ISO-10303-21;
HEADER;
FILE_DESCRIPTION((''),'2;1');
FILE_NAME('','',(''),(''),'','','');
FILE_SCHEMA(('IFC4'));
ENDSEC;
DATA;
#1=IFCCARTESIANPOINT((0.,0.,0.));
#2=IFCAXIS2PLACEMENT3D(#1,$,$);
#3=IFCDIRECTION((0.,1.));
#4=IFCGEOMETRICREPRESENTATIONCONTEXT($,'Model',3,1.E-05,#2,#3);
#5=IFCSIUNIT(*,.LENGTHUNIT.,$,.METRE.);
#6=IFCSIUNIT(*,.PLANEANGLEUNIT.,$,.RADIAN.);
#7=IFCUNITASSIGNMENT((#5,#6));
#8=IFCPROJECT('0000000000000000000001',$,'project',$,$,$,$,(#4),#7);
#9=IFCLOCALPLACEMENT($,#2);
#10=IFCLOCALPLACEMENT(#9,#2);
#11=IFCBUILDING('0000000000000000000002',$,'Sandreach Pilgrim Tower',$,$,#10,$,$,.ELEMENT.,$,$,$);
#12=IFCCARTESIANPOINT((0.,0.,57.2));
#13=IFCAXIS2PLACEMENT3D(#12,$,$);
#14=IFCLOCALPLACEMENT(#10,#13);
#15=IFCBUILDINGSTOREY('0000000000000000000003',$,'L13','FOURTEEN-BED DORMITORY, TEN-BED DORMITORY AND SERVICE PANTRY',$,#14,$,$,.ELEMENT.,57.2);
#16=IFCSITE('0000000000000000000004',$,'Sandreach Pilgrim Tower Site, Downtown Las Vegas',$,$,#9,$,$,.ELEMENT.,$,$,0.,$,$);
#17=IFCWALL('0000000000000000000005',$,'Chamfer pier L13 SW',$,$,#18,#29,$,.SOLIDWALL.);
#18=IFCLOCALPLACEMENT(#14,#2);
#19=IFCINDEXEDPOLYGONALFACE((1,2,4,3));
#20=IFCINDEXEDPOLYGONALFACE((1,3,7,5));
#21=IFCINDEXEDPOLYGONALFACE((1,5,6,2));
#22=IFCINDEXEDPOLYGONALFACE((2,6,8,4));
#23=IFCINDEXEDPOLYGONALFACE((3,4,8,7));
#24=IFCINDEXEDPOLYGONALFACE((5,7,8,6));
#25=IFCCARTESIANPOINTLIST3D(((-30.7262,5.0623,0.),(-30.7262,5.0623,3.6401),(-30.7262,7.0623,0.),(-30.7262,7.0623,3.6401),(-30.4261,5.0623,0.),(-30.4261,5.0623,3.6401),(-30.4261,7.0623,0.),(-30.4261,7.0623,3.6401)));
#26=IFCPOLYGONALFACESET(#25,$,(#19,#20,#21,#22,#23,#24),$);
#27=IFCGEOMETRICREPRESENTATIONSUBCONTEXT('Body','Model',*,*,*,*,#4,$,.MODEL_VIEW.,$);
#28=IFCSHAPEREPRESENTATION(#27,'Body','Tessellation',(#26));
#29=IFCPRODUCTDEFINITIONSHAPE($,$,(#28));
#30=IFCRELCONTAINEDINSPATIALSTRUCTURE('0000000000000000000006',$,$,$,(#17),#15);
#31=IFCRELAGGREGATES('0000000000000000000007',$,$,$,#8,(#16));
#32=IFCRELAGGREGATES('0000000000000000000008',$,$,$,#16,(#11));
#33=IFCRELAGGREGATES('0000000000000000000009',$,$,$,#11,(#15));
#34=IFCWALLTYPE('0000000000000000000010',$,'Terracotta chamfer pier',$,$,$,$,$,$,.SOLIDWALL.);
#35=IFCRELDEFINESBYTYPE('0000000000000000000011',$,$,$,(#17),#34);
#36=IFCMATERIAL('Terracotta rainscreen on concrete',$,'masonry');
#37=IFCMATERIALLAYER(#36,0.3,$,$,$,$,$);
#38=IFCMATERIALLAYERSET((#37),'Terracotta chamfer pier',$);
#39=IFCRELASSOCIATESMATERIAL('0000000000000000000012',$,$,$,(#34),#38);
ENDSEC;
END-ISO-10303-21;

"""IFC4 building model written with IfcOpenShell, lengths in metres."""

from ifc_helpers import new_model, si_unit, direction, frame, frame_2d, origin, place, context, subcontext, project, spatial, rectangle, extrude, material, layer, layer_set, type_object, element, save


model = new_model("IFC4")

# Units and contexts
model_context = context("Model", 3, precision=1e-05, world=origin(), true_north=direction((0.0, 1.0)))
body_context = subcontext(model_context, "Body", "Model", "MODEL_VIEW")
ifc_project = project(units=[si_unit("LENGTHUNIT", "METRE"), si_unit("PLANEANGLEUNIT", "RADIAN")], contexts=[model_context])

# Site, building, storey
site_placement = place(None, origin())
site = spatial("IfcSite", under=ifc_project, at=site_placement, Name="Sandreach Pilgrim Tower Site, Downtown Las Vegas", CompositionType="ELEMENT", RefElevation=0.0)
building_placement = place(site_placement, origin())
building = spatial("IfcBuilding", under=site, at=building_placement, Name="Sandreach Pilgrim Tower", CompositionType="ELEMENT")
storey_placement = place(building_placement, frame((0.0, 0.0, 57.2)))
storey = spatial("IfcBuildingStorey", under=building, at=storey_placement, Name="L13", Description="FOURTEEN-BED DORMITORY, TEN-BED DORMITORY AND SERVICE PANTRY", CompositionType="ELEMENT", Elevation=57.2)

# Wall
ifc_material_1 = material(Name="Terracotta rainscreen on concrete", Category="masonry")
ifc_layer_1 = layer(ifc_material_1, 0.3)
ifc_layer_set_1 = layer_set([ifc_layer_1], Name="Terracotta chamfer pier")
wall_type_1 = type_object("IfcWallType", Name="Terracotta chamfer pier", PredefinedType="SOLIDWALL", material=ifc_layer_set_1)
wall_1_placement = place(storey_placement, frame((-30.5762, 5.0623, 0.0), z_axis=(0.0, 0.0, 1.0), x_axis=(0.0, 1.0, 0.0)))
element("IfcWall", 1, at=wall_1_placement, inside=storey, type_object=wall_type_1, Name="Chamfer pier L13 SW", PredefinedType="SOLIDWALL", context=body_context, shape_type="SweptSolid", body=[
    extrude(rectangle(XDim=2.0, YDim=0.3, at=frame_2d((1.0, 0.0))), origin(), (0.0, 0.0, 1.0), 3.6401),
])

save(model, "model.ifc")
